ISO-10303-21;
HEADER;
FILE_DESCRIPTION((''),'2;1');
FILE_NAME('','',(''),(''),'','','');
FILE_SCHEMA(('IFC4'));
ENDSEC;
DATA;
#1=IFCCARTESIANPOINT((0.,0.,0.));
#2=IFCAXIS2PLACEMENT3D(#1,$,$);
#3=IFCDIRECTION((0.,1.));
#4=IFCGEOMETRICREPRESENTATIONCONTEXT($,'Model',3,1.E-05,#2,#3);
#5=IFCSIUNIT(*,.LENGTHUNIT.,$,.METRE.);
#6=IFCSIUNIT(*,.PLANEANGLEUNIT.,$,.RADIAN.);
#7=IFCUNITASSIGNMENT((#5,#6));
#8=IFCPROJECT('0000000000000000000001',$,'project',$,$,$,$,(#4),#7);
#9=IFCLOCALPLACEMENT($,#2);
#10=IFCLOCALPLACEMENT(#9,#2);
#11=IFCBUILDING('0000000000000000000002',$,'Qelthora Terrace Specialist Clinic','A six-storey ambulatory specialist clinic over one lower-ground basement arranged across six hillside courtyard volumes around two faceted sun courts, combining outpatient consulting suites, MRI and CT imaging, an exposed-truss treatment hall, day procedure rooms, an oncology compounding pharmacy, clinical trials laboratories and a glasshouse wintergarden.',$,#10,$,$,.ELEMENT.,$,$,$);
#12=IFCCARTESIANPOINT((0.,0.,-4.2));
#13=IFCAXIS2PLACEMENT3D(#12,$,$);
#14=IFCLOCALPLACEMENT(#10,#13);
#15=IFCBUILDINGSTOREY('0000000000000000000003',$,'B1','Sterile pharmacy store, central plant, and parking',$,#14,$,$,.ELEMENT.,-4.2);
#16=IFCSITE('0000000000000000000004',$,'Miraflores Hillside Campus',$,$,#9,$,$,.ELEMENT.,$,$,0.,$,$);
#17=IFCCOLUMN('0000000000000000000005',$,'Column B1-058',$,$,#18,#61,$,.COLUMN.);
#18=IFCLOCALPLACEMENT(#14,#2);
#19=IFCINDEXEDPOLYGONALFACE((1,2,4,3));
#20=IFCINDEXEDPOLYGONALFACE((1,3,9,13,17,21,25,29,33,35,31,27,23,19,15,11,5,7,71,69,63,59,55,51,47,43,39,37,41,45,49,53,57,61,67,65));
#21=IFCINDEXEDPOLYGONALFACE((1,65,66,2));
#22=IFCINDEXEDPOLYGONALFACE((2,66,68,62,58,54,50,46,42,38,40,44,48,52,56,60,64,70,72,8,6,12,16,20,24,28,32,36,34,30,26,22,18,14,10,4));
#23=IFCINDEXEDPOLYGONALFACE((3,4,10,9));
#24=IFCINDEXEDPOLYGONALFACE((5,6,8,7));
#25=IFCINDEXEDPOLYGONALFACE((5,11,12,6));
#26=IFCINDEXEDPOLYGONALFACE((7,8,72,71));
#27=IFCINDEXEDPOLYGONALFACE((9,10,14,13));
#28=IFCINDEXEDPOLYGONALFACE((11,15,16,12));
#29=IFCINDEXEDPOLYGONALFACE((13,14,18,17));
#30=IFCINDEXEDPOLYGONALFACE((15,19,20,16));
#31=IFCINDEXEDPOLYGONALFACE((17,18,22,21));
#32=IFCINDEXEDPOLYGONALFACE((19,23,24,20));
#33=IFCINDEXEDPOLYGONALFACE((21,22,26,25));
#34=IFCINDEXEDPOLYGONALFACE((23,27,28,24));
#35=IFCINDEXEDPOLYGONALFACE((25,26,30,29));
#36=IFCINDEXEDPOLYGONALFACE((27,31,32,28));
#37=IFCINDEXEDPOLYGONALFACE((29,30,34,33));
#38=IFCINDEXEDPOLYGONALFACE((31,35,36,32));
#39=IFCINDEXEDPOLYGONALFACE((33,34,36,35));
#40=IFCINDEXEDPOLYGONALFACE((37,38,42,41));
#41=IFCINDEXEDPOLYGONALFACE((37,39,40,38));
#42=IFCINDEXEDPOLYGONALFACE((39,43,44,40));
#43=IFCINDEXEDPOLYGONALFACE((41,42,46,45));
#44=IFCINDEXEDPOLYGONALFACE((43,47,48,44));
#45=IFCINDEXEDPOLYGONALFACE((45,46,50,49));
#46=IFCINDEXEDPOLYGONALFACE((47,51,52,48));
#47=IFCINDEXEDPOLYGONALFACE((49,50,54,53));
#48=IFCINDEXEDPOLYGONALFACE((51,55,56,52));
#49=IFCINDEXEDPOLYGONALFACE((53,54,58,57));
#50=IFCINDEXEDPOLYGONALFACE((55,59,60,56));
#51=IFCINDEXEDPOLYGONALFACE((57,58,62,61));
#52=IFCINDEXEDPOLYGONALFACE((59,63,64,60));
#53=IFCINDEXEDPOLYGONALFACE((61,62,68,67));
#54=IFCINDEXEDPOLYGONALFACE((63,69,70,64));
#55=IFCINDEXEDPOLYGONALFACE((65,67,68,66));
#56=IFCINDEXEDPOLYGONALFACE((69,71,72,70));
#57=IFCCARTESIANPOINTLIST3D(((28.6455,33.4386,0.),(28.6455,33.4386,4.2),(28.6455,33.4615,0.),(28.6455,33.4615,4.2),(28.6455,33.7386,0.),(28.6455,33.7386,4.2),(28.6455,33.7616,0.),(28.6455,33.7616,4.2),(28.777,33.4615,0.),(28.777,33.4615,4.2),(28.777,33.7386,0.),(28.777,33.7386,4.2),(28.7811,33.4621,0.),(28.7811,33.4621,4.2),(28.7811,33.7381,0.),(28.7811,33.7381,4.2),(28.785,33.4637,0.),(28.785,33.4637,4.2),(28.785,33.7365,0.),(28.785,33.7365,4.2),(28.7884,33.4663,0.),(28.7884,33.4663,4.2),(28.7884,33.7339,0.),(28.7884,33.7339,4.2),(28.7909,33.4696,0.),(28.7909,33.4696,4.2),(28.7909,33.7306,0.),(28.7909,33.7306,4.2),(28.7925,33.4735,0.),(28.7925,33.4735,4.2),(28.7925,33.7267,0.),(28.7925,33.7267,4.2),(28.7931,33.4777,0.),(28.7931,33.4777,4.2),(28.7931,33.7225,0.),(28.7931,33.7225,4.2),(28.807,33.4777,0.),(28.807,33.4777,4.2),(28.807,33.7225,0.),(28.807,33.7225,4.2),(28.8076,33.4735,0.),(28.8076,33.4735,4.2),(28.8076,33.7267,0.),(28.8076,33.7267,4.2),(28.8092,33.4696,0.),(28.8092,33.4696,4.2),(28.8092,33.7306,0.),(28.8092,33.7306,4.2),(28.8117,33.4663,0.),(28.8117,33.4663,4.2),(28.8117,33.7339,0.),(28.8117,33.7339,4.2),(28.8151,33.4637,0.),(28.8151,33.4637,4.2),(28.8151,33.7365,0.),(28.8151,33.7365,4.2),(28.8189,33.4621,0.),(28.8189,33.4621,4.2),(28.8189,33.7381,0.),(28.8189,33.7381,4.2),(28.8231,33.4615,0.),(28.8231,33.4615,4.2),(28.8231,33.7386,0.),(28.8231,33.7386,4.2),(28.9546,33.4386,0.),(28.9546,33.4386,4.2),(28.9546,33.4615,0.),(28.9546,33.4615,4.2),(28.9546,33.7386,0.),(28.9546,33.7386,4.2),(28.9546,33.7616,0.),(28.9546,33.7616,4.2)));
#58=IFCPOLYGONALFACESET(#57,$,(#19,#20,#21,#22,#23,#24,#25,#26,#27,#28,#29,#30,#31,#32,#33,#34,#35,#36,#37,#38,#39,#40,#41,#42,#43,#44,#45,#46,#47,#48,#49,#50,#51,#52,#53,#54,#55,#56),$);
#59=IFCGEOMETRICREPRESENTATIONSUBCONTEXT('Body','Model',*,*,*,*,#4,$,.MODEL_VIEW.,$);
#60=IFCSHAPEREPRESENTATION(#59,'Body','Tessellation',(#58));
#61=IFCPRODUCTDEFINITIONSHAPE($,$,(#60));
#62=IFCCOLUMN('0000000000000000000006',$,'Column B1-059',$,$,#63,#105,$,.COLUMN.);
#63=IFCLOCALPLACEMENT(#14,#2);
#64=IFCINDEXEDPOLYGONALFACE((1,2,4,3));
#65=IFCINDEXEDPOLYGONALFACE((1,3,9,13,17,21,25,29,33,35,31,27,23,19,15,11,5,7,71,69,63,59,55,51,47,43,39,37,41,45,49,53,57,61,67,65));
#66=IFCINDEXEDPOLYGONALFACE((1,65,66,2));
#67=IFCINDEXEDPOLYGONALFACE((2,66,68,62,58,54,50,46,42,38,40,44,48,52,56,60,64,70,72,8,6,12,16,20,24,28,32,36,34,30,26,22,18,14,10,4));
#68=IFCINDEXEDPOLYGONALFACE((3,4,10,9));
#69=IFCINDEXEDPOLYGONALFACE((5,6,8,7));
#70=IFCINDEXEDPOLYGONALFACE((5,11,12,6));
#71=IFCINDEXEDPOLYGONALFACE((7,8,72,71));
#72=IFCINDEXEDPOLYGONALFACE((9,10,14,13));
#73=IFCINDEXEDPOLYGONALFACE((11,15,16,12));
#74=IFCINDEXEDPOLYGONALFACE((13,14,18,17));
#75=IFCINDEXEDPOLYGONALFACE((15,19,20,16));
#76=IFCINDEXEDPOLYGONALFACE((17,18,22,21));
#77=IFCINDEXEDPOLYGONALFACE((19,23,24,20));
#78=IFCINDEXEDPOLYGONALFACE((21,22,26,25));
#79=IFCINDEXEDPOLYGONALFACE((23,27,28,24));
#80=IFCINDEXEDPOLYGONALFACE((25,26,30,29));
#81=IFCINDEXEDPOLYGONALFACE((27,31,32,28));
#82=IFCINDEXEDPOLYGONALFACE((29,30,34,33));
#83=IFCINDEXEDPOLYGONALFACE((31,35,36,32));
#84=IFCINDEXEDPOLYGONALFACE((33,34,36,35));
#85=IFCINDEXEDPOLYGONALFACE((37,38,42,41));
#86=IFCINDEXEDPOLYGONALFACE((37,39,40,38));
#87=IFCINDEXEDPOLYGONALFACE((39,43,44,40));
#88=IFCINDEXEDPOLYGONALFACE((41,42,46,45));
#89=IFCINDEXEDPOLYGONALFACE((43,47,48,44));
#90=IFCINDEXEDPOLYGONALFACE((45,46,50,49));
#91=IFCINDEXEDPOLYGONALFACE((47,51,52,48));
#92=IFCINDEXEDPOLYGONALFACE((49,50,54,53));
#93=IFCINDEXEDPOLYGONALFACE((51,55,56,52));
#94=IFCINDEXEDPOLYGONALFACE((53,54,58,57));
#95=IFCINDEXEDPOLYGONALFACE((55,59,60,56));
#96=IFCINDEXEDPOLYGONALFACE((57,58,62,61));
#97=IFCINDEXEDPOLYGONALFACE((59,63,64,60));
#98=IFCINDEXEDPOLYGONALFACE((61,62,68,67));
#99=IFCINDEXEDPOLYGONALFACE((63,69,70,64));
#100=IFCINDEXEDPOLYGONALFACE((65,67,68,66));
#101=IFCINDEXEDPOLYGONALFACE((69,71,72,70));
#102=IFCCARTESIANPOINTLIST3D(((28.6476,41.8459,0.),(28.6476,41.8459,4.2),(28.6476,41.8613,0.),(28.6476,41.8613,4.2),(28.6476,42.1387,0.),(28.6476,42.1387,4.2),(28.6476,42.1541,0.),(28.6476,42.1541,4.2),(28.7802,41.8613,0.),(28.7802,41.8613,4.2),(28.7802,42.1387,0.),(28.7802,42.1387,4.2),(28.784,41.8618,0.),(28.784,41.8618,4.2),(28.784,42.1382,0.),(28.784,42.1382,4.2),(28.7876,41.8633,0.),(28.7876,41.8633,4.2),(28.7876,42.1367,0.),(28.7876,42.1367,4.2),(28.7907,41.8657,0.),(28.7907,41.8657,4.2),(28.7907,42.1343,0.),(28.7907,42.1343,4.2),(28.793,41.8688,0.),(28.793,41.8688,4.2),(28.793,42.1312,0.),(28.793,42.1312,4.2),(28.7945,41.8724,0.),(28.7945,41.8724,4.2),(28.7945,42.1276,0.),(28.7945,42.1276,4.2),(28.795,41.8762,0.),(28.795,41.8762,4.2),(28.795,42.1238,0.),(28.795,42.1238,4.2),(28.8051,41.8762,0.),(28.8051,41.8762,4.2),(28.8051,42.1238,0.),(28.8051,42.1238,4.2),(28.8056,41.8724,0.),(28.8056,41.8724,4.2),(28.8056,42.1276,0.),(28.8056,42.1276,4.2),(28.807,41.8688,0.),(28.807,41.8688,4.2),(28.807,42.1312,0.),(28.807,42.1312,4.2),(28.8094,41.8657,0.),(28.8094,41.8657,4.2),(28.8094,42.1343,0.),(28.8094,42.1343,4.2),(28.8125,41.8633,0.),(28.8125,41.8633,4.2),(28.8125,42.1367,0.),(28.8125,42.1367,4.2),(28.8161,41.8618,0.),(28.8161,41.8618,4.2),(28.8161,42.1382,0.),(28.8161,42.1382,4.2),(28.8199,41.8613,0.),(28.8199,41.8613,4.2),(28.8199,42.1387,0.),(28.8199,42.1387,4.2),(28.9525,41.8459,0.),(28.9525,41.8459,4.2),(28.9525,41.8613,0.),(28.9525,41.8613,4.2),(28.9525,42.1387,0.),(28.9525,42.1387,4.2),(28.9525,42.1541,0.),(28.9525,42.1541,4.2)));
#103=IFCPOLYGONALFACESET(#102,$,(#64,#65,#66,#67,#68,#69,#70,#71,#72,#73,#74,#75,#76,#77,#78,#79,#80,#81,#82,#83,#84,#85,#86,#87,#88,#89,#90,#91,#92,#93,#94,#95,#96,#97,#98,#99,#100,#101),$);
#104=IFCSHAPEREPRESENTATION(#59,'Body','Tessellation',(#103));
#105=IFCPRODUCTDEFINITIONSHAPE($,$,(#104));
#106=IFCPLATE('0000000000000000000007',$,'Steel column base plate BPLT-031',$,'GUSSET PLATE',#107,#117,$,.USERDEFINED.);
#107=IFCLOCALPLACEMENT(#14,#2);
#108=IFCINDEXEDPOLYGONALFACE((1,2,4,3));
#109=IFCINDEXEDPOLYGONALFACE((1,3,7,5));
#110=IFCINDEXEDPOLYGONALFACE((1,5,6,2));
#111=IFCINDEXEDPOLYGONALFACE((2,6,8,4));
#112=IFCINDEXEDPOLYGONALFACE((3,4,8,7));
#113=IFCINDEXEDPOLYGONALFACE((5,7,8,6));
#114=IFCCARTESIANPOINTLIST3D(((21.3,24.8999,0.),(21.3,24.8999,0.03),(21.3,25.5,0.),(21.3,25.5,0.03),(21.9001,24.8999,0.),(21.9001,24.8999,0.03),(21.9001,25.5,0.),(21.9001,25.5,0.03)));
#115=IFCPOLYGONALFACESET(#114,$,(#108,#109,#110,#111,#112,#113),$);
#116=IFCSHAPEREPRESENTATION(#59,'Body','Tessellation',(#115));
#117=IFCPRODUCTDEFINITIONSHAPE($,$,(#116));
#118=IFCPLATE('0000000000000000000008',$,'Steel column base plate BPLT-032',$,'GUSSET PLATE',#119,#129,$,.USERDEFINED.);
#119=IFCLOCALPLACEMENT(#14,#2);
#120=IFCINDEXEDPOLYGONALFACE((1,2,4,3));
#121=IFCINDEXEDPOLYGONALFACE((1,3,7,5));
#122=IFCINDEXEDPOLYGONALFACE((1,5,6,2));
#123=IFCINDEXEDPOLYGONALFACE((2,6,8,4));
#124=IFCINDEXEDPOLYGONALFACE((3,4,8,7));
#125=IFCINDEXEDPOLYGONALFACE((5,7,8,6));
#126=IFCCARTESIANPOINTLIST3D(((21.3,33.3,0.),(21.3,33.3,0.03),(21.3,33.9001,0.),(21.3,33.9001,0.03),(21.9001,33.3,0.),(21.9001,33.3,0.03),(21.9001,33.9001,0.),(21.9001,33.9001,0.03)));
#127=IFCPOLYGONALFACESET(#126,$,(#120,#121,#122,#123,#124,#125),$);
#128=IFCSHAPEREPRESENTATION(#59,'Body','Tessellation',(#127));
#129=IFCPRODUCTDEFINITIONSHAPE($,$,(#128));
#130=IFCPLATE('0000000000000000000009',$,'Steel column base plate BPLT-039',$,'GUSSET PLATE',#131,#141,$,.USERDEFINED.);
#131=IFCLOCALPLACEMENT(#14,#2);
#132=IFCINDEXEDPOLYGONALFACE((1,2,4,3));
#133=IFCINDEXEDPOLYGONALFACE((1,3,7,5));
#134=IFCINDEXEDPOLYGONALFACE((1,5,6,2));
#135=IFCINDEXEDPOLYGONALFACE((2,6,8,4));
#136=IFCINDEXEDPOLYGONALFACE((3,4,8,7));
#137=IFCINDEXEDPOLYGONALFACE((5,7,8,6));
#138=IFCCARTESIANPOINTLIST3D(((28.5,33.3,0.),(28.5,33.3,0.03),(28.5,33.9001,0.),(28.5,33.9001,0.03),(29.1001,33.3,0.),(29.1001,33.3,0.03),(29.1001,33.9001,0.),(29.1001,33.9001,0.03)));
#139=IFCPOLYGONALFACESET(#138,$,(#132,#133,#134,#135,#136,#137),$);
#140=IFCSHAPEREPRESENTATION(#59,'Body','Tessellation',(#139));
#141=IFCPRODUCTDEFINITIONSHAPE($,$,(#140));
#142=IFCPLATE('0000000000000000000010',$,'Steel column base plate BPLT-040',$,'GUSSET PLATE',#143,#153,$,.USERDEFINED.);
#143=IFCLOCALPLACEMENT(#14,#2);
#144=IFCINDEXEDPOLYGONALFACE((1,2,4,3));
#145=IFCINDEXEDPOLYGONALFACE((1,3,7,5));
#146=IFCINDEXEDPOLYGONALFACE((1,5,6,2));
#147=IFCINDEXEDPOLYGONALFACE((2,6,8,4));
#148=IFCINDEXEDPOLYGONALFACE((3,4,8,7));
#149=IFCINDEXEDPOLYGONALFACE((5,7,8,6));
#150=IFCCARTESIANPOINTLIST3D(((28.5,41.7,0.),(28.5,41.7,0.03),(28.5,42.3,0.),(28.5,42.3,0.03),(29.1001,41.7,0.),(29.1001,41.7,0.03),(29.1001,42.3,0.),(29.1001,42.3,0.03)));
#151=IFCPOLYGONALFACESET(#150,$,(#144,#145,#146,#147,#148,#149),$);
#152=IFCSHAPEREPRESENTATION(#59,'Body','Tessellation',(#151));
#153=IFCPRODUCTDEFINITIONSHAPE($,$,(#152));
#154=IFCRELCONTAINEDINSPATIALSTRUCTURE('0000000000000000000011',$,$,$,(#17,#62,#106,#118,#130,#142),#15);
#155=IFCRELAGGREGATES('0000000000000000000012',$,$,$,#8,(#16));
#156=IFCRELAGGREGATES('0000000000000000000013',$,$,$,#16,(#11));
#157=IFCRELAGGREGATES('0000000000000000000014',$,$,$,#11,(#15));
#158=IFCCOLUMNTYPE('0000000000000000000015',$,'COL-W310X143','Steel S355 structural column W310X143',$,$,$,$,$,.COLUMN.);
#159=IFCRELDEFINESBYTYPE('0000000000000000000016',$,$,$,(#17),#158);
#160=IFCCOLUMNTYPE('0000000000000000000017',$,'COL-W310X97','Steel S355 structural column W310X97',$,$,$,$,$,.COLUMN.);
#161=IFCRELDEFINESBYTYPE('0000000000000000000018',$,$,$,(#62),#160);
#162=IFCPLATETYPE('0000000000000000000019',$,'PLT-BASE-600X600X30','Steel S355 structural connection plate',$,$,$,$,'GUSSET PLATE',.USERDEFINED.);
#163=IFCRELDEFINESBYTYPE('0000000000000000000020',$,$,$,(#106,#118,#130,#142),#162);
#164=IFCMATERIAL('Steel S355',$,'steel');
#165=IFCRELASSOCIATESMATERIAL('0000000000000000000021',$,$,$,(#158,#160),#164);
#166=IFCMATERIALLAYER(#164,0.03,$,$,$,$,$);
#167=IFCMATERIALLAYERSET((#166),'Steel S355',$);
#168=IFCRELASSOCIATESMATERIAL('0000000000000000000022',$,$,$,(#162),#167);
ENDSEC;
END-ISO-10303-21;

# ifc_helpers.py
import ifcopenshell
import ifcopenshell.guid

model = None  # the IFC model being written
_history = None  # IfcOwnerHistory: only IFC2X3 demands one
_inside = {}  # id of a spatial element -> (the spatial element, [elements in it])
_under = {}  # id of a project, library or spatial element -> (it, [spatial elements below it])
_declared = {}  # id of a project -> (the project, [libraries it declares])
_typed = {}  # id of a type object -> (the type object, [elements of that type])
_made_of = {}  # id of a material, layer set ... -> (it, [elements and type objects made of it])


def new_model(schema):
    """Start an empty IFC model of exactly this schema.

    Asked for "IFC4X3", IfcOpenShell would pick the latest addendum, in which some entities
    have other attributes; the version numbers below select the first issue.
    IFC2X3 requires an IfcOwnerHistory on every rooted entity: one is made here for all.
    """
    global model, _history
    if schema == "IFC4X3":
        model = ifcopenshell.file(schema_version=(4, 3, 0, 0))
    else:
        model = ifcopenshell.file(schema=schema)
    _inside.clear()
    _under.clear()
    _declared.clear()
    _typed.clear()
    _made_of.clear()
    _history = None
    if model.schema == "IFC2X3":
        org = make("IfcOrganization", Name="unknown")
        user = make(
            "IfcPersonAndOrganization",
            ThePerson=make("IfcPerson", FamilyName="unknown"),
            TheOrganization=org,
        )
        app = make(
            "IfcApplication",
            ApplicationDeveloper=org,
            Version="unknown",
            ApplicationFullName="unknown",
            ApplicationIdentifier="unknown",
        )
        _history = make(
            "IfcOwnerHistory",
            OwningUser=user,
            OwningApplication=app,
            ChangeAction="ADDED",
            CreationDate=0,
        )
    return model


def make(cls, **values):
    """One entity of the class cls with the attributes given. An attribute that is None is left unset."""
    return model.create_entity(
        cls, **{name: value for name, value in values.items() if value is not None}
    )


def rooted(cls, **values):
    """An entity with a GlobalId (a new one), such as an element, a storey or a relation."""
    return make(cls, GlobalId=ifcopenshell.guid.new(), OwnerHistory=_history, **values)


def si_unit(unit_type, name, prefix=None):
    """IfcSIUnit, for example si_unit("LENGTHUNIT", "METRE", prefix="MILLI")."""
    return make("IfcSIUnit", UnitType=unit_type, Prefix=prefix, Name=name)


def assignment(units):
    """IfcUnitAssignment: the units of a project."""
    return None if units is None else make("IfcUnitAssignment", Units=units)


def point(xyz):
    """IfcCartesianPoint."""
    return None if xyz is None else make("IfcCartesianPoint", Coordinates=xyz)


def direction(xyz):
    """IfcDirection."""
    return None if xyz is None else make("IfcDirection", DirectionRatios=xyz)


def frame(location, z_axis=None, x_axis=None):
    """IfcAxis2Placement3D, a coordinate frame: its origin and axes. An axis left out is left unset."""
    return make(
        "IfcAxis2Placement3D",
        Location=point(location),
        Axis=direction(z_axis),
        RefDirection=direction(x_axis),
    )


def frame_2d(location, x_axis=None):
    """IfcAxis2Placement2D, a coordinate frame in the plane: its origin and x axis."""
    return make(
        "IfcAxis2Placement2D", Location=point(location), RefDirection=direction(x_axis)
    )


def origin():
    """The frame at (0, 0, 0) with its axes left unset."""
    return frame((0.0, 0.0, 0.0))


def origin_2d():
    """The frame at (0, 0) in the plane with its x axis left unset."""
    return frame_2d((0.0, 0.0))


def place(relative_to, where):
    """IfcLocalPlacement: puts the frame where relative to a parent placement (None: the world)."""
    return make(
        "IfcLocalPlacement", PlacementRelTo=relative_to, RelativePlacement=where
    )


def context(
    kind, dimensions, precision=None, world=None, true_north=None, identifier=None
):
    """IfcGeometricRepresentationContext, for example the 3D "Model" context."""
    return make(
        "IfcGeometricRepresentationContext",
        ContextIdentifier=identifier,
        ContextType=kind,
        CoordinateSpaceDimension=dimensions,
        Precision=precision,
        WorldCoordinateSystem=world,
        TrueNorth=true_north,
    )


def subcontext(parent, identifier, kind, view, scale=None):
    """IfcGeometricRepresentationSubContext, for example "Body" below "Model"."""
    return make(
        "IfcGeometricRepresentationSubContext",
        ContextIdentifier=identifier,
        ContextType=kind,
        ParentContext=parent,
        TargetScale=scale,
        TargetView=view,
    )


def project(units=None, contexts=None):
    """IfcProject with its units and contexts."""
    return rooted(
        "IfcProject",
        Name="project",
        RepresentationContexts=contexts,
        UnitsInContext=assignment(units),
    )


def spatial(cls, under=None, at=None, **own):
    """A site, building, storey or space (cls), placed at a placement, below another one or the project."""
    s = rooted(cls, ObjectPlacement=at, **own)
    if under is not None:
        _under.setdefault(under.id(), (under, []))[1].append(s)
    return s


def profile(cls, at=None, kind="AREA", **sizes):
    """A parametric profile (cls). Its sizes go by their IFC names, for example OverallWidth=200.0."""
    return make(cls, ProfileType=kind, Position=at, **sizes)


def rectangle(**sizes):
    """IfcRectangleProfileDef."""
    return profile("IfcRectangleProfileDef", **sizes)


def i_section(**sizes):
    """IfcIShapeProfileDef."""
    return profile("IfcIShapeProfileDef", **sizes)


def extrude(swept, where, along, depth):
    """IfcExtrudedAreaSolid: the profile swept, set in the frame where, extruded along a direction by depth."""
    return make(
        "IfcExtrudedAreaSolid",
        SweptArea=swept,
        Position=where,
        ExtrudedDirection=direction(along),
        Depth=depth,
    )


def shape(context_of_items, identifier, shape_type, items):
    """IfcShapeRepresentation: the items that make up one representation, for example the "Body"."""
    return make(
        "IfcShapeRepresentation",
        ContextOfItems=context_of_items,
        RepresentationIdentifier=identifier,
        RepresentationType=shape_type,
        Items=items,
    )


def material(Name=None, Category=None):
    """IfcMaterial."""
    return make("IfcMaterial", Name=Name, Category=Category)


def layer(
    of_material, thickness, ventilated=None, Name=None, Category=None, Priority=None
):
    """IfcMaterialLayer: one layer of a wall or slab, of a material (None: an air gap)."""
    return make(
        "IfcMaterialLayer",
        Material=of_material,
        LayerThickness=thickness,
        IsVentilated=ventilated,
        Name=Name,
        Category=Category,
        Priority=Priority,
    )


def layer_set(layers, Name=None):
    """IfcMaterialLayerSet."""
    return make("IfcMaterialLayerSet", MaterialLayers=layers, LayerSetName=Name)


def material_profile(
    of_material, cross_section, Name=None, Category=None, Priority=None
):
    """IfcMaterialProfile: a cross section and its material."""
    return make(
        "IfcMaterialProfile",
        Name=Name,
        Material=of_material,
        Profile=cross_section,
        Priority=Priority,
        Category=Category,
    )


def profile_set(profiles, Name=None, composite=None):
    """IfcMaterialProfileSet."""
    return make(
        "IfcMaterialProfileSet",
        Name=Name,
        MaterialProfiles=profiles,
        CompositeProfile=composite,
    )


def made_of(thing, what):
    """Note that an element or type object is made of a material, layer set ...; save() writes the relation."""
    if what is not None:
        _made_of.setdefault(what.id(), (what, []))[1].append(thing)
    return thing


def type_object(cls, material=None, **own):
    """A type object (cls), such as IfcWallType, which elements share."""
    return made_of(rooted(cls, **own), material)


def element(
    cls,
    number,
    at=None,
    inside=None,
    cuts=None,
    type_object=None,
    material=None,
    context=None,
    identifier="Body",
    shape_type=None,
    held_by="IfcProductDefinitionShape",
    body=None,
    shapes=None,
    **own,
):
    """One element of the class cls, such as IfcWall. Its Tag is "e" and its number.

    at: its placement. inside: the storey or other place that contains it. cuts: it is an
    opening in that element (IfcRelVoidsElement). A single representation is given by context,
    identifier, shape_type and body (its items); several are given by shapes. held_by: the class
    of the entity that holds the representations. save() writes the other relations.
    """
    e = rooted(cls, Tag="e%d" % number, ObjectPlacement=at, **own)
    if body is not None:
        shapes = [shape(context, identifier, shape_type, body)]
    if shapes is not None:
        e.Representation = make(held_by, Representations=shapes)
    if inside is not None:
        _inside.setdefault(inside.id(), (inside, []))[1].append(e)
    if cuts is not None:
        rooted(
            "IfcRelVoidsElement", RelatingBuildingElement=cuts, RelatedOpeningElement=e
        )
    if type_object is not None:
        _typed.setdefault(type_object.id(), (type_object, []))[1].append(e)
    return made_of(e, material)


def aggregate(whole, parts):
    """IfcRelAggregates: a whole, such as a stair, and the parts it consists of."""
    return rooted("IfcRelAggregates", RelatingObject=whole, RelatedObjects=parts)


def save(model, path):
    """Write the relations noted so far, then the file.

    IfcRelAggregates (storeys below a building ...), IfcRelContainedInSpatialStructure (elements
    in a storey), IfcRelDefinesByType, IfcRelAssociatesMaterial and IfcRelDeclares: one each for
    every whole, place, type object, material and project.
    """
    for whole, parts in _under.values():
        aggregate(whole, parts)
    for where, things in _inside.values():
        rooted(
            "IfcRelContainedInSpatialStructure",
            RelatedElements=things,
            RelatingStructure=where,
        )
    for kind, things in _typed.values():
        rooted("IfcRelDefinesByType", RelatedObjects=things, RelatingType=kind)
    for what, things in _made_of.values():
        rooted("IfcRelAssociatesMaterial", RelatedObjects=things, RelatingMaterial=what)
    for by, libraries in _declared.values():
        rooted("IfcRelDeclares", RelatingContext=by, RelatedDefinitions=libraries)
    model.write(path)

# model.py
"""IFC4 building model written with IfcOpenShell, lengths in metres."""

from ifc_helpers import new_model, si_unit, direction, frame, origin, origin_2d, place, context, subcontext, project, spatial, rectangle, i_section, extrude, material, layer, layer_set, material_profile, profile_set, type_object, element, save


model = new_model("IFC4")

# Units and contexts
model_context = context("Model", 3, precision=1e-05, world=origin(), true_north=direction((0.0, 1.0)))
body_context = subcontext(model_context, "Body", "Model", "MODEL_VIEW")
ifc_project = project(units=[si_unit("LENGTHUNIT", "METRE"), si_unit("PLANEANGLEUNIT", "RADIAN")], contexts=[model_context])

# Site, building, storey
site_placement = place(None, origin())
site = spatial("IfcSite", under=ifc_project, at=site_placement, Name="Miraflores Hillside Campus", CompositionType="ELEMENT", RefElevation=0.0)
building_placement = place(site_placement, origin())
building = spatial("IfcBuilding", under=site, at=building_placement, Name="Qelthora Terrace Specialist Clinic", Description="A six-storey ambulatory specialist clinic over one lower-ground basement arranged across six hillside courtyard volumes around two faceted sun courts, combining outpatient consulting suites, MRI and CT imaging, an exposed-truss treatment hall, day procedure rooms, an oncology compounding pharmacy, clinical trials laboratories and a glasshouse wintergarden.", CompositionType="ELEMENT")
storey_placement = place(building_placement, frame((0.0, 0.0, -4.2)))
storey = spatial("IfcBuildingStorey", under=building, at=storey_placement, Name="B1", Description="Sterile pharmacy store, central plant, and parking", CompositionType="ELEMENT", Elevation=-4.2)

# Columns
ifc_material_1 = material(Name="Steel S355", Category="steel")
ifc_material_profile_1 = material_profile(ifc_material_1, i_section(OverallWidth=0.3091, OverallDepth=0.323, WebThickness=0.0139, FlangeThickness=0.0229, FilletRadius=0.0161, at=origin_2d()), Name="W310X143")
ifc_profile_set_1 = profile_set([ifc_material_profile_1], Name="Steel S355")
column_type_1 = type_object("IfcColumnType", Name="COL-W310X143", Description="Steel S355 structural column W310X143", PredefinedType="COLUMN", material=ifc_profile_set_1)
for number, where, z_axis, x_axis, name in (
    (1, (28.8, 33.6001, 0.0), (0.0, 0.0, 1.0), (1.0, 0.0, 0.0), "Column B1-058"),
):
    element("IfcColumn", number, at=place(storey_placement, frame(where, z_axis=z_axis, x_axis=x_axis)), inside=storey, type_object=column_type_1, Name=name, PredefinedType="COLUMN", context=body_context, shape_type="SweptSolid", body=[
        extrude(i_section(OverallWidth=0.3091, OverallDepth=0.323, WebThickness=0.0139, FlangeThickness=0.0229, FilletRadius=0.0161, at=origin_2d()), origin(), (0.0, 0.0, 1.0), 4.2),
    ])
ifc_material_profile_2 = material_profile(ifc_material_1, i_section(OverallWidth=0.3049, OverallDepth=0.3081, WebThickness=0.01, FlangeThickness=0.0154, FilletRadius=0.0149, at=origin_2d()), Name="W310X97")
ifc_profile_set_2 = profile_set([ifc_material_profile_2], Name="Steel S355")
column_type_2 = type_object("IfcColumnType", Name="COL-W310X97", Description="Steel S355 structural column W310X97", PredefinedType="COLUMN", material=ifc_profile_set_2)
column_1_placement = place(storey_placement, frame((28.8, 42.0, 0.0), z_axis=(0.0, 0.0, 1.0), x_axis=(1.0, 0.0, 0.0)))
element("IfcColumn", 2, at=column_1_placement, inside=storey, type_object=column_type_2, Name="Column B1-059", PredefinedType="COLUMN", context=body_context, shape_type="SweptSolid", body=[
    extrude(i_section(OverallWidth=0.3049, OverallDepth=0.3081, WebThickness=0.01, FlangeThickness=0.0154, FilletRadius=0.0149, at=origin_2d()), origin(), (0.0, 0.0, 1.0), 4.2),
])

# Plates
ifc_layer_1 = layer(ifc_material_1, 0.03)
ifc_layer_set_1 = layer_set([ifc_layer_1], Name="Steel S355")
plate_type = type_object("IfcPlateType", Name="PLT-BASE-600X600X30", Description="Steel S355 structural connection plate", ElementType="GUSSET PLATE", PredefinedType="USERDEFINED", material=ifc_layer_set_1)
for number, where, z_axis, x_axis, name in (
    (3, (21.6001, 25.2, 0.0), (0.0, 0.0, 1.0), (1.0, 0.0, 0.0), "Steel column base plate BPLT-031"),
    (4, (21.6001, 33.6001, 0.0), (0.0, 0.0, 1.0), (1.0, 0.0, 0.0), "Steel column base plate BPLT-032"),
    (5, (28.8, 33.6001, 0.0), (0.0, 0.0, 1.0), (1.0, 0.0, 0.0), "Steel column base plate BPLT-039"),
    (6, (28.8, 42.0, 0.0), (0.0, 0.0, 1.0), (1.0, 0.0, 0.0), "Steel column base plate BPLT-040"),
):
    element("IfcPlate", number, at=place(storey_placement, frame(where, z_axis=z_axis, x_axis=x_axis)), inside=storey, type_object=plate_type, Name=name, ObjectType="GUSSET PLATE", PredefinedType="USERDEFINED", context=body_context, shape_type="SweptSolid", body=[
        extrude(rectangle(XDim=0.6001, YDim=0.6001, at=origin_2d()), origin(), (0.0, 0.0, 1.0), 0.03),
    ])

save(model, "model.ifc")
